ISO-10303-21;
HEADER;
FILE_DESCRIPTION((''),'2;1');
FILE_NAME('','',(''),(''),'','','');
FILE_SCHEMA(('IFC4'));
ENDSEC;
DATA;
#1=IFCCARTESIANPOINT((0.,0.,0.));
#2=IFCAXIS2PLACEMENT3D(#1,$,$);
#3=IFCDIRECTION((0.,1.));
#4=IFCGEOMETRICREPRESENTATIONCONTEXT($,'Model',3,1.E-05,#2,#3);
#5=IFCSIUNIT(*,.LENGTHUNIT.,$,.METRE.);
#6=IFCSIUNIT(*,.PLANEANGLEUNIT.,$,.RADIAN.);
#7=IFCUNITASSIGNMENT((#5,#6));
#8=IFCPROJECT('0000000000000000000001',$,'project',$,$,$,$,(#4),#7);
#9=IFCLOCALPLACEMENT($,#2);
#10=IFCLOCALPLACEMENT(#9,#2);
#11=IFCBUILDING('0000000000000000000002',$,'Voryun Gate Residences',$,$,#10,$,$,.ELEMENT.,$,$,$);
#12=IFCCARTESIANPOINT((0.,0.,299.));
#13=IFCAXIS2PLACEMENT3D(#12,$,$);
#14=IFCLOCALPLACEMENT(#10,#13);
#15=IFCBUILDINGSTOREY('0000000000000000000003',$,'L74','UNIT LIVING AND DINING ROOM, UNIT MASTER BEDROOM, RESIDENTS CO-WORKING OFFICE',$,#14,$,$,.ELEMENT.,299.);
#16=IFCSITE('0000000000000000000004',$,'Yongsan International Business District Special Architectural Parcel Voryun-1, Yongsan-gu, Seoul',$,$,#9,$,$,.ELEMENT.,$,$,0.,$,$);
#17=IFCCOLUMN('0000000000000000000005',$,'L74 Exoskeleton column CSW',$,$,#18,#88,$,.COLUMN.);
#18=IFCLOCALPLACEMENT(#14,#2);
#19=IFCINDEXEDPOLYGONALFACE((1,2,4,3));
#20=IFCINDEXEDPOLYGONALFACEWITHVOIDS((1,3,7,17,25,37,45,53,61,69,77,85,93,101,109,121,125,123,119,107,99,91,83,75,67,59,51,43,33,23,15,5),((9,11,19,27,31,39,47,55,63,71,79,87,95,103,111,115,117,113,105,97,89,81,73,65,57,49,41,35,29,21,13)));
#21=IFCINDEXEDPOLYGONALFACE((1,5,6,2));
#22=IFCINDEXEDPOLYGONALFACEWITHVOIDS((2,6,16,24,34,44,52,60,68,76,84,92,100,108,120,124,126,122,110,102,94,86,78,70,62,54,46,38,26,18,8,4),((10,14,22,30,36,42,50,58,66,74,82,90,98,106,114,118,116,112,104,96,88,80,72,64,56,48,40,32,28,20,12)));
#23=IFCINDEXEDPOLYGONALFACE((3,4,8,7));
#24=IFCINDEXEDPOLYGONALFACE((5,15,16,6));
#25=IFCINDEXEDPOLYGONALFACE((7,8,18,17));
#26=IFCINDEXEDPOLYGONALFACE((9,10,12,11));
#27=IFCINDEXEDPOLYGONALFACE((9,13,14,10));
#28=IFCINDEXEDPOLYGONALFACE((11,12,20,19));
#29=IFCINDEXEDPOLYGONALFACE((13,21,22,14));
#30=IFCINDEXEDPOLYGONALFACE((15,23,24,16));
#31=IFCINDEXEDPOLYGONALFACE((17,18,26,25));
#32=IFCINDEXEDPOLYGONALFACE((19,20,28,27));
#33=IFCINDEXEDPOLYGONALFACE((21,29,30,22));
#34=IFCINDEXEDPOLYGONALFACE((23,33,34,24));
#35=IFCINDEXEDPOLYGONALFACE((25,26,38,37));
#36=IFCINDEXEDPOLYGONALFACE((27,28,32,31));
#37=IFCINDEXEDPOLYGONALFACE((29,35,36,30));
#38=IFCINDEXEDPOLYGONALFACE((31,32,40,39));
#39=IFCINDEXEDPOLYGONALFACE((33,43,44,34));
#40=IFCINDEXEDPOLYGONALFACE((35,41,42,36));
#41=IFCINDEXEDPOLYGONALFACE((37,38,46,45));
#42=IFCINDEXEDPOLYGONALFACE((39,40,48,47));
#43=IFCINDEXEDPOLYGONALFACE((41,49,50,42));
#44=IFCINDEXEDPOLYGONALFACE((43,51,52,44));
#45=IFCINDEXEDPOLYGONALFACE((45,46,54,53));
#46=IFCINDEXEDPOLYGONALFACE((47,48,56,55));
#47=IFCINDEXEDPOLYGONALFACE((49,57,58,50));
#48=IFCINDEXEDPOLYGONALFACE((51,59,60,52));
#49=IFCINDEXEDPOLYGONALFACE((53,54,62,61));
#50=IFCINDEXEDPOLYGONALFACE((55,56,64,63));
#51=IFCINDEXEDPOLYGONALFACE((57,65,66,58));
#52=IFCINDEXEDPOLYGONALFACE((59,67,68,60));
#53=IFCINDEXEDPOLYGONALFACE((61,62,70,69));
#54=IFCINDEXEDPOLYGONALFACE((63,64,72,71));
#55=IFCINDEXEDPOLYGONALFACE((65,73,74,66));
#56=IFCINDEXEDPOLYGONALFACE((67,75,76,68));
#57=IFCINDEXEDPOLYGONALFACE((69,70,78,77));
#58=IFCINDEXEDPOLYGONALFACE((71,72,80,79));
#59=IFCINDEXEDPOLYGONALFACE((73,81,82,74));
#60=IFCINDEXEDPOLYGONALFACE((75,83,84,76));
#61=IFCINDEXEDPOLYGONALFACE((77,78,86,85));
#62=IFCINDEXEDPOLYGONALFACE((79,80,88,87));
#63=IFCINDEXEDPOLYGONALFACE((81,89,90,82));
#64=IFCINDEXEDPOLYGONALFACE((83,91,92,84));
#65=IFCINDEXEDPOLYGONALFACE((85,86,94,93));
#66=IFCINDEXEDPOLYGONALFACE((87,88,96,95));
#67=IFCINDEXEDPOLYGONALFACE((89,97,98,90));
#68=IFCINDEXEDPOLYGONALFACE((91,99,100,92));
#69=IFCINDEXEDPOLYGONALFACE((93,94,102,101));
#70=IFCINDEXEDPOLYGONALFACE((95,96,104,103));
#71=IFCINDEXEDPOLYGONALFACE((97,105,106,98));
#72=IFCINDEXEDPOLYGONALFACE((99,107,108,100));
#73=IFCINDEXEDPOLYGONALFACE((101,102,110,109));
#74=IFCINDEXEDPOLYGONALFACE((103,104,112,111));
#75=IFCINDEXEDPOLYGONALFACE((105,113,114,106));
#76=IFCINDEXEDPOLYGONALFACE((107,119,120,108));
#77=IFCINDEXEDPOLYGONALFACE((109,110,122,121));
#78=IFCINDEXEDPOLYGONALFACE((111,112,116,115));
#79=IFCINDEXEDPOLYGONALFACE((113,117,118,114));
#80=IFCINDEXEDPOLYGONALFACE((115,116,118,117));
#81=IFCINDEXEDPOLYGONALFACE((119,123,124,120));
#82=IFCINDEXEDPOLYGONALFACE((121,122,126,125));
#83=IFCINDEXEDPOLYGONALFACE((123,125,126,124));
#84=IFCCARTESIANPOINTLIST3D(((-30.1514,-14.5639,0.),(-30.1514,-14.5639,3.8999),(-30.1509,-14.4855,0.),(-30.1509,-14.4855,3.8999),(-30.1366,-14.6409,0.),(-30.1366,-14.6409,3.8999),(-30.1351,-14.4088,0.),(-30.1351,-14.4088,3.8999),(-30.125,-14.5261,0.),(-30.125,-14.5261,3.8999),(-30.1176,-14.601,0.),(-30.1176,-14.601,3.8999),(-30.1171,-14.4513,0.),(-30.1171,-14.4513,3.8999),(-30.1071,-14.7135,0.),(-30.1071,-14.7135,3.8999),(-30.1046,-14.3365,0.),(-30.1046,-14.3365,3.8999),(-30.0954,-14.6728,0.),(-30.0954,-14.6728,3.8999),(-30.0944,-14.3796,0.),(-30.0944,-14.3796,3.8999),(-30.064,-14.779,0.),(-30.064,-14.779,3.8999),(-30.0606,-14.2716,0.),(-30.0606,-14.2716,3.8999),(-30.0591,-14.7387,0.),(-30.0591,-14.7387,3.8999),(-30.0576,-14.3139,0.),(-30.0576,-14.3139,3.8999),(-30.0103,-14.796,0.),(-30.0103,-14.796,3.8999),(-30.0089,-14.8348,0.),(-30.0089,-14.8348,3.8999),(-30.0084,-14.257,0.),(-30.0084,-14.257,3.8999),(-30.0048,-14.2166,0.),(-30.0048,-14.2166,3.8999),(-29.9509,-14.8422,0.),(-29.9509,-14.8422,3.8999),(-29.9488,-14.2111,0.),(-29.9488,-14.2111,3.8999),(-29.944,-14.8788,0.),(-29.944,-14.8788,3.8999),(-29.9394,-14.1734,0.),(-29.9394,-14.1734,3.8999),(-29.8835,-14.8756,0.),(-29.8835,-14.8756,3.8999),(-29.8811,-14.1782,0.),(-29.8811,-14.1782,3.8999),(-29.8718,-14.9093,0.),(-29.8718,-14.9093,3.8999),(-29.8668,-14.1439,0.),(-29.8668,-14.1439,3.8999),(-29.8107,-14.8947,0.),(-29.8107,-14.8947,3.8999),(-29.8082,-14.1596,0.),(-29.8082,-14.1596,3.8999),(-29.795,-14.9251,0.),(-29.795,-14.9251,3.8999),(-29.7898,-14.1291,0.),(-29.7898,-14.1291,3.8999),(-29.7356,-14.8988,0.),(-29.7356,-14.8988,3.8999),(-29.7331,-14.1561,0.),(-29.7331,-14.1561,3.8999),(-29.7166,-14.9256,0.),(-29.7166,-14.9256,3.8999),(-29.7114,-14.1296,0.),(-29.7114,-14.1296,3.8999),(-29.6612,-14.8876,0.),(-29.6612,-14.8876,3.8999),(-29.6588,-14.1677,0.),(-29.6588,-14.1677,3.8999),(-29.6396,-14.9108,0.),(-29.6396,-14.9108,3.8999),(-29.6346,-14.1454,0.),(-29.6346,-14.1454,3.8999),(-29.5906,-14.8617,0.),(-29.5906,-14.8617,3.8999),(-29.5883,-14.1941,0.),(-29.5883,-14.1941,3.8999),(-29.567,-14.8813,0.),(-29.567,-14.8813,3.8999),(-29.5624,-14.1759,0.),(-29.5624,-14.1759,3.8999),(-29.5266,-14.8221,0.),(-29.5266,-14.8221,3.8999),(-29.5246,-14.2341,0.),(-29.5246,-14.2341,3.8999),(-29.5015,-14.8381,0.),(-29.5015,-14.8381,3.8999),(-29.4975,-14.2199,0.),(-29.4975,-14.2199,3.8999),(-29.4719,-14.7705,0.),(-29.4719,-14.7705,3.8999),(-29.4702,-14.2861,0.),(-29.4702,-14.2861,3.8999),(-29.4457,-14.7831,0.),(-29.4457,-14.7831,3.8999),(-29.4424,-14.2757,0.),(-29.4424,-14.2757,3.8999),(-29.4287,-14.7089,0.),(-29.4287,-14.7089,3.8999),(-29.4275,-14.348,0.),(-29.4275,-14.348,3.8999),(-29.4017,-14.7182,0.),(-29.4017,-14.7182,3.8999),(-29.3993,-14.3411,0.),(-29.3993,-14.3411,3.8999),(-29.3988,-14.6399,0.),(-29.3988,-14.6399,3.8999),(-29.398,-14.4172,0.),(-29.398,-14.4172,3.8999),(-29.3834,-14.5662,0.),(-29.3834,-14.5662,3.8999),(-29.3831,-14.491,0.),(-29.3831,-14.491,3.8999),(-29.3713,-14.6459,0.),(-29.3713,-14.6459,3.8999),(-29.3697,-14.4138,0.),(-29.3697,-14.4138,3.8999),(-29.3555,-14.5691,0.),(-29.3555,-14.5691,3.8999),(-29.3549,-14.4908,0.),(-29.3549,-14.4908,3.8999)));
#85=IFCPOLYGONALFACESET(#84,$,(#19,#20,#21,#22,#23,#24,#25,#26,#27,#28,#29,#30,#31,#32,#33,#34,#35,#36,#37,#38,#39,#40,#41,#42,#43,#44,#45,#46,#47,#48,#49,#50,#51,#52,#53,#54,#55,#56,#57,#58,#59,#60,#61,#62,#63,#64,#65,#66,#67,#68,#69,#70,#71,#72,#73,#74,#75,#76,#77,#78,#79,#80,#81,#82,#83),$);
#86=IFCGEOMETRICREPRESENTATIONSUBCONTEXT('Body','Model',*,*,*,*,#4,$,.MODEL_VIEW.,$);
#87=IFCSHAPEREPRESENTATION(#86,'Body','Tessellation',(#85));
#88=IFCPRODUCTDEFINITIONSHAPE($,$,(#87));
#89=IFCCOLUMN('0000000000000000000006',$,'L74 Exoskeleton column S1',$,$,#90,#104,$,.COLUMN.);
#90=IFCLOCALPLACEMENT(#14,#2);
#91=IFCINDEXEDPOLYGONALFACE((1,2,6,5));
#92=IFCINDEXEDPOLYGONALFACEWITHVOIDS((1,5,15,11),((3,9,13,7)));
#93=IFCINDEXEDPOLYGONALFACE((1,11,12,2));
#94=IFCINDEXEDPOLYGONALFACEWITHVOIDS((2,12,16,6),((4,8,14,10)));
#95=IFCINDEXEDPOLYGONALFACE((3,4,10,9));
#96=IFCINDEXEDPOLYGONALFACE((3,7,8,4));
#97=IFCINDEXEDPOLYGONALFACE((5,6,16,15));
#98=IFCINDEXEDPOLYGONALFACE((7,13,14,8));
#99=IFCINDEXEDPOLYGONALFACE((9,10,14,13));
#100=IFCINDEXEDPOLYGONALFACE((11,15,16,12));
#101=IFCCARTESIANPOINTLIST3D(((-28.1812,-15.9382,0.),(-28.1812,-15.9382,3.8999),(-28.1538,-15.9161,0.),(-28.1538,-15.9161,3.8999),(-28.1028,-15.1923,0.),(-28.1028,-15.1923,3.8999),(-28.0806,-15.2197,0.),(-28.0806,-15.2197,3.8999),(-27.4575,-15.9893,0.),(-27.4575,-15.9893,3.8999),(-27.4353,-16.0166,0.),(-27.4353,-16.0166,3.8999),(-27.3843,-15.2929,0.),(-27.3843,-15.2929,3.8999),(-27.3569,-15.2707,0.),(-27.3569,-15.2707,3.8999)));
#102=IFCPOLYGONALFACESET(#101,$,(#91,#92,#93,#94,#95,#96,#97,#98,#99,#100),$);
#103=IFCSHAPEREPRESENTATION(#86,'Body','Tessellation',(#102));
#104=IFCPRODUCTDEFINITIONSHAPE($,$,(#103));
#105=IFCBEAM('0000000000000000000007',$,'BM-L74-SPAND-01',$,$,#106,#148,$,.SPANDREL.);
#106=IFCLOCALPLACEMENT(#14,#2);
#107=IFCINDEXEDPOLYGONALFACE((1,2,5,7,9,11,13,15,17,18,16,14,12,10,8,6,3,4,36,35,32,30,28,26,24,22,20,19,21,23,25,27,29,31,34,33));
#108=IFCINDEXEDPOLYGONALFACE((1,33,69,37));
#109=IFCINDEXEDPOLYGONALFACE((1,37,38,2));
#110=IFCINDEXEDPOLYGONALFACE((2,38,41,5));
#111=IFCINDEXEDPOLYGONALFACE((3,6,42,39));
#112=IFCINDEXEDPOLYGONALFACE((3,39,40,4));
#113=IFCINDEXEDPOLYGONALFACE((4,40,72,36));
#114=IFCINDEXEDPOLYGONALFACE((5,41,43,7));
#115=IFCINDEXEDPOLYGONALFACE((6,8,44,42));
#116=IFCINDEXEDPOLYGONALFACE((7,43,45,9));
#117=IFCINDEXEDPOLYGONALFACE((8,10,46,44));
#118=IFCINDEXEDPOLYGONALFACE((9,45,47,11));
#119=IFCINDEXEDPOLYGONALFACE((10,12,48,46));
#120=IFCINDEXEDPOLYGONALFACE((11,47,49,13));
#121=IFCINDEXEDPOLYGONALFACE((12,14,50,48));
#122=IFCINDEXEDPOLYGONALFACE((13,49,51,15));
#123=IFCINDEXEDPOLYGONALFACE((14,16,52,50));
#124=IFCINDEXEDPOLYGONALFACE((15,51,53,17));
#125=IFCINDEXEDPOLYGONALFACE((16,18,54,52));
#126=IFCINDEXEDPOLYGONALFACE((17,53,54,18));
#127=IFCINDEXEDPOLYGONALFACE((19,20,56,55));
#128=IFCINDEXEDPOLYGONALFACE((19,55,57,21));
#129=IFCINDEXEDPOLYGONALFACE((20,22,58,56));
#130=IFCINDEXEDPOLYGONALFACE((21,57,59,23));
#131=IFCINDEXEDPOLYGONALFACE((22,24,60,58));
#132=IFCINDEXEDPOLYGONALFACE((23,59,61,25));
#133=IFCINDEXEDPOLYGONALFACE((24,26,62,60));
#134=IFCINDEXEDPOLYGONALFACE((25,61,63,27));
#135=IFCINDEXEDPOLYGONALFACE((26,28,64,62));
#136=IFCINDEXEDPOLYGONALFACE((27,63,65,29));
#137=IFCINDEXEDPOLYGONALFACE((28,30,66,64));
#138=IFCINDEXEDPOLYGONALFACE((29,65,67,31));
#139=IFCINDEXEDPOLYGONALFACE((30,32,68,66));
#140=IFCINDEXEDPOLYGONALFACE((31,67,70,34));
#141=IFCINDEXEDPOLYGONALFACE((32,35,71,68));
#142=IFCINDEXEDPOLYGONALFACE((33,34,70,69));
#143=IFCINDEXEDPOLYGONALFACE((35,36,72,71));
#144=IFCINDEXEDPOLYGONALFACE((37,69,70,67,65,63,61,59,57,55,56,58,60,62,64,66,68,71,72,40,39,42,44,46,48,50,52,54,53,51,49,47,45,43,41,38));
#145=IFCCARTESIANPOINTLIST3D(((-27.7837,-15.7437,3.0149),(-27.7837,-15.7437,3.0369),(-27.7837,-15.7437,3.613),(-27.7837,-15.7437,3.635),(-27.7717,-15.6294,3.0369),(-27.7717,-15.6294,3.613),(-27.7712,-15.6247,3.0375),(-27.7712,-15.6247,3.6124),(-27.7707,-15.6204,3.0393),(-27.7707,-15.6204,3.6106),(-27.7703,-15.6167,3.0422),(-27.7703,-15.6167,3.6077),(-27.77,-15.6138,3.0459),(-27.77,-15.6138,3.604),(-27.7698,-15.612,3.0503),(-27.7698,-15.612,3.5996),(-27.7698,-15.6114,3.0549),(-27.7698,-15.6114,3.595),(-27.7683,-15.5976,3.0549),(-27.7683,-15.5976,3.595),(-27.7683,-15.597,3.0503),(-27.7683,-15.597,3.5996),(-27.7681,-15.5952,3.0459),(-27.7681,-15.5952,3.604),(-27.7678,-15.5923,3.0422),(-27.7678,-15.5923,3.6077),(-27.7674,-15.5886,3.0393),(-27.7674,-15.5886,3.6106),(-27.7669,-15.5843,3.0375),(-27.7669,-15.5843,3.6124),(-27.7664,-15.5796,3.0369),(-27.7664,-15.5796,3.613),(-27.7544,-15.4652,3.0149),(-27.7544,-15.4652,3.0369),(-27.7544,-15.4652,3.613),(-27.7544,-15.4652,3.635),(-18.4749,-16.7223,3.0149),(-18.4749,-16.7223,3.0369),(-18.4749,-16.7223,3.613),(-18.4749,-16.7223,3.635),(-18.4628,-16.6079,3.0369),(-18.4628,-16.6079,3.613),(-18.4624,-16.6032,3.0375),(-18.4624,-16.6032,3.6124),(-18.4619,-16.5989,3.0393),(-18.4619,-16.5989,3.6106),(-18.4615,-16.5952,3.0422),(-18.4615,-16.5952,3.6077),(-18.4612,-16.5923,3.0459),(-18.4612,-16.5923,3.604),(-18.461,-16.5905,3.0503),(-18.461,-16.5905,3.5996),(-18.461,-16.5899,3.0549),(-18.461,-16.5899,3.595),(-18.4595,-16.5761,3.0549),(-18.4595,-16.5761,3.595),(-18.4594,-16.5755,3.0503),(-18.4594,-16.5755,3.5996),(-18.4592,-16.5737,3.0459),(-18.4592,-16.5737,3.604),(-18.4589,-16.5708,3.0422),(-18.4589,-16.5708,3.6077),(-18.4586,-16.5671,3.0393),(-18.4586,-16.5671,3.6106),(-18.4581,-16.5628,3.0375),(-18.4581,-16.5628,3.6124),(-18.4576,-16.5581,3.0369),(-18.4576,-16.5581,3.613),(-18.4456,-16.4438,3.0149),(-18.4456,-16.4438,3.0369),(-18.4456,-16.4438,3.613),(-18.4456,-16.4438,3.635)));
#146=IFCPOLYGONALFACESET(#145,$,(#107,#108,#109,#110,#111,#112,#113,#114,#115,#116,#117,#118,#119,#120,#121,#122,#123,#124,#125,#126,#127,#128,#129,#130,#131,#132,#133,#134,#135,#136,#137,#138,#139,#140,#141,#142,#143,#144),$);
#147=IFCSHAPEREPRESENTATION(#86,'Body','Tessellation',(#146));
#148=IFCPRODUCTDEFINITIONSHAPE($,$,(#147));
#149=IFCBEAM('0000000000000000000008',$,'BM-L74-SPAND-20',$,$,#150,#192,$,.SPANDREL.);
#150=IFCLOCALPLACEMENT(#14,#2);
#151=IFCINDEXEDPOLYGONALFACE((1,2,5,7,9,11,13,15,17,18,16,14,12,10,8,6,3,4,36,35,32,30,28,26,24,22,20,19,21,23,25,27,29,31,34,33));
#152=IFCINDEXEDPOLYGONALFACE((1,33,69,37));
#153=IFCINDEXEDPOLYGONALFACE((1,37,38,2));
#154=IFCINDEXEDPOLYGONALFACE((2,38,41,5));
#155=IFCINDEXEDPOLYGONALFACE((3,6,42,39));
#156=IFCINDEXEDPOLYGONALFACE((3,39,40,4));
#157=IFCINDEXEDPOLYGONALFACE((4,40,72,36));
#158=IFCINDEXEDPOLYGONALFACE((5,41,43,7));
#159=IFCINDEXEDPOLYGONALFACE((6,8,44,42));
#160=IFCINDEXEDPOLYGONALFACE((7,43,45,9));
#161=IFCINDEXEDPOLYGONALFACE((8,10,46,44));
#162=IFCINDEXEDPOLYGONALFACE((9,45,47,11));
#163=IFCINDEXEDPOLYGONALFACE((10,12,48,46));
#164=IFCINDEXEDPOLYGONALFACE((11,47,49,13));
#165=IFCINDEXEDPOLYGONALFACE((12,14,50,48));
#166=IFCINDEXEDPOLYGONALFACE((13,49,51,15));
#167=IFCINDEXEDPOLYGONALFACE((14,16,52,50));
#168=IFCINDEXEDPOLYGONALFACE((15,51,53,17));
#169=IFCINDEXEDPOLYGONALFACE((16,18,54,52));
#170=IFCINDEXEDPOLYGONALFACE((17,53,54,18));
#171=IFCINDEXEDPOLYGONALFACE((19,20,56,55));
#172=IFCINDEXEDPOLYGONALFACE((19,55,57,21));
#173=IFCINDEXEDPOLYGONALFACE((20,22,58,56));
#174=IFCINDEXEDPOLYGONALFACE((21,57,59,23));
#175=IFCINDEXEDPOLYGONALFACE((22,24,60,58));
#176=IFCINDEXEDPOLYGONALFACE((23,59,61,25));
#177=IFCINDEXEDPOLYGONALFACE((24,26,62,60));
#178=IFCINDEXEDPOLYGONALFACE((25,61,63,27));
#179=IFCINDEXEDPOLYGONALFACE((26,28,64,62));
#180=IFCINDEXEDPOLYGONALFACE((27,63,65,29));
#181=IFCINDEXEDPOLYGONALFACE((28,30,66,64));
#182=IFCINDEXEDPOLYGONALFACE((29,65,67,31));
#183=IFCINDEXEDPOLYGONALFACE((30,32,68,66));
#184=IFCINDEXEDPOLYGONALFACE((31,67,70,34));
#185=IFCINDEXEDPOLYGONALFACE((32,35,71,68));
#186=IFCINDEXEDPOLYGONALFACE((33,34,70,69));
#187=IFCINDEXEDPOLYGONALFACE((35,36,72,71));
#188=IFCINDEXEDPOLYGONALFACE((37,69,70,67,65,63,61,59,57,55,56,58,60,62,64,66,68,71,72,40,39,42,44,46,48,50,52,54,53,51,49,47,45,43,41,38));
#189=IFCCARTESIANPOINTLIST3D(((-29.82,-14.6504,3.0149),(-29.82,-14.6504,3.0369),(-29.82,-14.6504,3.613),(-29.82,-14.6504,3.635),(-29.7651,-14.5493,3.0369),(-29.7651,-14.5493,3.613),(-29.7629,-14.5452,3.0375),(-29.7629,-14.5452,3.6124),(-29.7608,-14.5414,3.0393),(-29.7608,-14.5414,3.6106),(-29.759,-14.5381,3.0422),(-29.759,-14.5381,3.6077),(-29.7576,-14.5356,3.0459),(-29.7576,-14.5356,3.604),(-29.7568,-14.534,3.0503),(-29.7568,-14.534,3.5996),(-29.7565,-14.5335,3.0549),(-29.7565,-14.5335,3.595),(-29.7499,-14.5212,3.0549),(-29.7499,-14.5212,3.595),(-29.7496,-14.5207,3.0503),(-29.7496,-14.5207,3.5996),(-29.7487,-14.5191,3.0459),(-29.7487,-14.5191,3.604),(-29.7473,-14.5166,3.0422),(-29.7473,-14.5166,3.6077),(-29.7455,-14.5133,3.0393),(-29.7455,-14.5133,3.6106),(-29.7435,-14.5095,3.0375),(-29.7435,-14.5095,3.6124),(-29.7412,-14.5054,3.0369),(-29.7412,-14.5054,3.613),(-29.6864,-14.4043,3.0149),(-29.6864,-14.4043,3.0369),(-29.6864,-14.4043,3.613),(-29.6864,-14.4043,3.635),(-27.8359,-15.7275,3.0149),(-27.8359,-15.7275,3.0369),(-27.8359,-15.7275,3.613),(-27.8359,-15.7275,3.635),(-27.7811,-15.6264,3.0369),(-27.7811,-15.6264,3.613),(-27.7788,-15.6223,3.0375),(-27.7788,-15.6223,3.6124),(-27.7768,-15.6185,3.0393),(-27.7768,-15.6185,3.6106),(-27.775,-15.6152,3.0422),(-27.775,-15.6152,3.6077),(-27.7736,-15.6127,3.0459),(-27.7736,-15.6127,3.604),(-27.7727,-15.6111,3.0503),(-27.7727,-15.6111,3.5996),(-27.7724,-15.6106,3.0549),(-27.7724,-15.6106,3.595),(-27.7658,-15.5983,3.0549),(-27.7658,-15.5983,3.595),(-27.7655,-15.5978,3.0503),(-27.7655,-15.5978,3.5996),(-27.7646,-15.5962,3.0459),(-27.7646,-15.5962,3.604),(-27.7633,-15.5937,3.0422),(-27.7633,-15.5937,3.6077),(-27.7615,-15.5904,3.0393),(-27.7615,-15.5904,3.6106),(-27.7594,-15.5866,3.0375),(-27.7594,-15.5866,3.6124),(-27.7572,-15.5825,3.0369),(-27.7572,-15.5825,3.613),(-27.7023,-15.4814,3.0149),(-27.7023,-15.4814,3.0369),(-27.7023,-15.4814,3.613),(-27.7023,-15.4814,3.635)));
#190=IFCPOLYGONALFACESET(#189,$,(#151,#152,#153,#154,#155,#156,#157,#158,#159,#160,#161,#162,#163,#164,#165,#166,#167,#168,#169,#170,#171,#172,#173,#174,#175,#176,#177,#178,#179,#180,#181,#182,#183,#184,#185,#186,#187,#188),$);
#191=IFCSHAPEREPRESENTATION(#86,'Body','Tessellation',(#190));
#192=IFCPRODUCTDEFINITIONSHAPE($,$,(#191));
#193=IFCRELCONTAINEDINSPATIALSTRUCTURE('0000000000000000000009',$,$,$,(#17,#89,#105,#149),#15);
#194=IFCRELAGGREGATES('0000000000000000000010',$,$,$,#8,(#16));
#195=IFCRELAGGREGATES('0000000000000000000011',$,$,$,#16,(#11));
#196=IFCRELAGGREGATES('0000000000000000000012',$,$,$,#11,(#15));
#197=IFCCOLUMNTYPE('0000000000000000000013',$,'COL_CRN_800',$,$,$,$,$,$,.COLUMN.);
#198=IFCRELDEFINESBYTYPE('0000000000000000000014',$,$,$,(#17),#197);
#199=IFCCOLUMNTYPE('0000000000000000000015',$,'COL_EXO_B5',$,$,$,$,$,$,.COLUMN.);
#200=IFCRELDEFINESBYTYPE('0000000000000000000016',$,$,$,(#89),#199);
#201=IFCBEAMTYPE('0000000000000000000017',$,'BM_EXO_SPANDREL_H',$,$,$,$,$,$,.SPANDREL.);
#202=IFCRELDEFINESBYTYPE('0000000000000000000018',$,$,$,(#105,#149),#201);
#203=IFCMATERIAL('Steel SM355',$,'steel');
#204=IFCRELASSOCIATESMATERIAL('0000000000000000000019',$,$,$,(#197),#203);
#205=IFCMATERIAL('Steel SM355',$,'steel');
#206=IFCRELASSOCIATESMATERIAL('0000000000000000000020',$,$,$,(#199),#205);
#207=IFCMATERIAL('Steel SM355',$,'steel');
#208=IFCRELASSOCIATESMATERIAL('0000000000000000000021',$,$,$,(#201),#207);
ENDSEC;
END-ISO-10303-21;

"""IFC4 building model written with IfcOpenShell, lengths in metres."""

from ifc_helpers import new_model, si_unit, direction, frame, origin, origin_2d, place, context, subcontext, project, spatial, hollow_rectangle, hollow_circle, i_section, extrude, material, material_profile, profile_set, type_object, element, save


model = new_model("IFC4")

# Units and contexts
model_context = context("Model", 3, precision=1e-05, world=origin(), true_north=direction((0.0, 1.0)))
body_context = subcontext(model_context, "Body", "Model", "MODEL_VIEW")
ifc_project = project(units=[si_unit("LENGTHUNIT", "METRE"), si_unit("PLANEANGLEUNIT", "RADIAN")], contexts=[model_context])

# Site, building, storey
site_placement = place(None, origin())
site = spatial("IfcSite", under=ifc_project, at=site_placement, Name="Yongsan International Business District Special Architectural Parcel Voryun-1, Yongsan-gu, Seoul", CompositionType="ELEMENT", RefElevation=0.0)
building_placement = place(site_placement, origin())
building = spatial("IfcBuilding", under=site, at=building_placement, Name="Voryun Gate Residences", CompositionType="ELEMENT")
storey_placement = place(building_placement, frame((0.0, 0.0, 299.0)))
storey = spatial("IfcBuildingStorey", under=building, at=storey_placement, Name="L74", Description="UNIT LIVING AND DINING ROOM, UNIT MASTER BEDROOM, RESIDENTS CO-WORKING OFFICE", CompositionType="ELEMENT", Elevation=299.0)

# Columns
ifc_material_1 = material(Name="Steel SM355", Category="steel")
ifc_material_profile_1 = material_profile(ifc_material_1, hollow_circle(Radius=0.3999, WallThickness=0.0281, at=origin_2d()), Name="CHS-800x28")
ifc_profile_set_1 = profile_set([ifc_material_profile_1], Name="Steel SM355")
column_type_1 = type_object("IfcColumnType", Name="COL_CRN_800", PredefinedType="COLUMN", material=ifc_profile_set_1)
column_1_placement = place(storey_placement, frame((-29.7532, -14.5273, 0.0), z_axis=(0.0, 0.0, 1.0), x_axis=(0.994522, -0.104528, 0.0)))
element("IfcColumn", 1, at=column_1_placement, inside=storey, type_object=column_type_1, Name="L74 Exoskeleton column CSW", PredefinedType="COLUMN", context=body_context, shape_type="SweptSolid", body=[
    extrude(hollow_circle(Radius=0.3999, WallThickness=0.0281, at=origin_2d()), origin(), (0.0, 0.0, 1.0), 3.8999),
])
ifc_material_2 = material(Name="Steel SM355", Category="steel")
ifc_material_profile_2 = material_profile(ifc_material_2, hollow_rectangle(XDim=0.75, YDim=0.75, WallThickness=0.0249, at=origin_2d()), Name="BOX-750x750x25")
ifc_profile_set_2 = profile_set([ifc_material_profile_2], Name="Steel SM355")
column_type_2 = type_object("IfcColumnType", Name="COL_EXO_B5", PredefinedType="COLUMN", material=ifc_profile_set_2)
column_2_placement = place(storey_placement, frame((-27.769, -15.6045, 0.0), z_axis=(0.0, 0.0, 1.0), x_axis=(0.994522, -0.104528, 0.0)))
element("IfcColumn", 2, at=column_2_placement, inside=storey, type_object=column_type_2, Name="L74 Exoskeleton column S1", PredefinedType="COLUMN", context=body_context, shape_type="SweptSolid", body=[
    extrude(hollow_rectangle(XDim=0.75, YDim=0.75, WallThickness=0.0249, at=origin_2d()), origin(), (0.0, 0.0, 1.0), 3.8999),
])

# Beams
ifc_material_3 = material(Name="Steel SM355", Category="steel")
ifc_material_profile_3 = material_profile(ifc_material_3, i_section(OverallWidth=0.28, OverallDepth=0.6201, WebThickness=0.0139, FlangeThickness=0.022, FilletRadius=0.0181, at=origin_2d()), Name="H-620x280x14x22")
ifc_profile_set_3 = profile_set([ifc_material_profile_3], Name="Steel SM355")
beam_type = type_object("IfcBeamType", Name="BM_EXO_SPANDREL_H", PredefinedType="SPANDREL", material=ifc_profile_set_3)
beam_1_placement = place(storey_placement, frame((-27.769, -15.6045, 3.325), z_axis=(0.994521, -0.104541, 0.0), x_axis=(0.104541, 0.994521, 0.0)))
element("IfcBeam", 3, at=beam_1_placement, inside=storey, type_object=beam_type, Name="BM-L74-SPAND-01", PredefinedType="SPANDREL", context=body_context, shape_type="SweptSolid", body=[
    extrude(i_section(OverallWidth=0.28, OverallDepth=0.6201, WebThickness=0.0139, FlangeThickness=0.022, FilletRadius=0.0181, at=origin_2d()), origin(), (0.0, 0.0, 1.0), 9.3601),
])
beam_2_placement = place(storey_placement, frame((-29.7532, -14.5273, 3.325), z_axis=(0.878844, -0.477109, 0.0), x_axis=(0.477109, 0.878844, 0.0)))
element("IfcBeam", 4, at=beam_2_placement, inside=storey, type_object=beam_type, Name="BM-L74-SPAND-20", PredefinedType="SPANDREL", context=body_context, shape_type="SweptSolid", body=[
    extrude(i_section(OverallWidth=0.28, OverallDepth=0.6201, WebThickness=0.0139, FlangeThickness=0.022, FilletRadius=0.0181, at=origin_2d()), origin(), (0.0, 0.0, 1.0), 2.2576),
])

save(model, "model.ifc")
